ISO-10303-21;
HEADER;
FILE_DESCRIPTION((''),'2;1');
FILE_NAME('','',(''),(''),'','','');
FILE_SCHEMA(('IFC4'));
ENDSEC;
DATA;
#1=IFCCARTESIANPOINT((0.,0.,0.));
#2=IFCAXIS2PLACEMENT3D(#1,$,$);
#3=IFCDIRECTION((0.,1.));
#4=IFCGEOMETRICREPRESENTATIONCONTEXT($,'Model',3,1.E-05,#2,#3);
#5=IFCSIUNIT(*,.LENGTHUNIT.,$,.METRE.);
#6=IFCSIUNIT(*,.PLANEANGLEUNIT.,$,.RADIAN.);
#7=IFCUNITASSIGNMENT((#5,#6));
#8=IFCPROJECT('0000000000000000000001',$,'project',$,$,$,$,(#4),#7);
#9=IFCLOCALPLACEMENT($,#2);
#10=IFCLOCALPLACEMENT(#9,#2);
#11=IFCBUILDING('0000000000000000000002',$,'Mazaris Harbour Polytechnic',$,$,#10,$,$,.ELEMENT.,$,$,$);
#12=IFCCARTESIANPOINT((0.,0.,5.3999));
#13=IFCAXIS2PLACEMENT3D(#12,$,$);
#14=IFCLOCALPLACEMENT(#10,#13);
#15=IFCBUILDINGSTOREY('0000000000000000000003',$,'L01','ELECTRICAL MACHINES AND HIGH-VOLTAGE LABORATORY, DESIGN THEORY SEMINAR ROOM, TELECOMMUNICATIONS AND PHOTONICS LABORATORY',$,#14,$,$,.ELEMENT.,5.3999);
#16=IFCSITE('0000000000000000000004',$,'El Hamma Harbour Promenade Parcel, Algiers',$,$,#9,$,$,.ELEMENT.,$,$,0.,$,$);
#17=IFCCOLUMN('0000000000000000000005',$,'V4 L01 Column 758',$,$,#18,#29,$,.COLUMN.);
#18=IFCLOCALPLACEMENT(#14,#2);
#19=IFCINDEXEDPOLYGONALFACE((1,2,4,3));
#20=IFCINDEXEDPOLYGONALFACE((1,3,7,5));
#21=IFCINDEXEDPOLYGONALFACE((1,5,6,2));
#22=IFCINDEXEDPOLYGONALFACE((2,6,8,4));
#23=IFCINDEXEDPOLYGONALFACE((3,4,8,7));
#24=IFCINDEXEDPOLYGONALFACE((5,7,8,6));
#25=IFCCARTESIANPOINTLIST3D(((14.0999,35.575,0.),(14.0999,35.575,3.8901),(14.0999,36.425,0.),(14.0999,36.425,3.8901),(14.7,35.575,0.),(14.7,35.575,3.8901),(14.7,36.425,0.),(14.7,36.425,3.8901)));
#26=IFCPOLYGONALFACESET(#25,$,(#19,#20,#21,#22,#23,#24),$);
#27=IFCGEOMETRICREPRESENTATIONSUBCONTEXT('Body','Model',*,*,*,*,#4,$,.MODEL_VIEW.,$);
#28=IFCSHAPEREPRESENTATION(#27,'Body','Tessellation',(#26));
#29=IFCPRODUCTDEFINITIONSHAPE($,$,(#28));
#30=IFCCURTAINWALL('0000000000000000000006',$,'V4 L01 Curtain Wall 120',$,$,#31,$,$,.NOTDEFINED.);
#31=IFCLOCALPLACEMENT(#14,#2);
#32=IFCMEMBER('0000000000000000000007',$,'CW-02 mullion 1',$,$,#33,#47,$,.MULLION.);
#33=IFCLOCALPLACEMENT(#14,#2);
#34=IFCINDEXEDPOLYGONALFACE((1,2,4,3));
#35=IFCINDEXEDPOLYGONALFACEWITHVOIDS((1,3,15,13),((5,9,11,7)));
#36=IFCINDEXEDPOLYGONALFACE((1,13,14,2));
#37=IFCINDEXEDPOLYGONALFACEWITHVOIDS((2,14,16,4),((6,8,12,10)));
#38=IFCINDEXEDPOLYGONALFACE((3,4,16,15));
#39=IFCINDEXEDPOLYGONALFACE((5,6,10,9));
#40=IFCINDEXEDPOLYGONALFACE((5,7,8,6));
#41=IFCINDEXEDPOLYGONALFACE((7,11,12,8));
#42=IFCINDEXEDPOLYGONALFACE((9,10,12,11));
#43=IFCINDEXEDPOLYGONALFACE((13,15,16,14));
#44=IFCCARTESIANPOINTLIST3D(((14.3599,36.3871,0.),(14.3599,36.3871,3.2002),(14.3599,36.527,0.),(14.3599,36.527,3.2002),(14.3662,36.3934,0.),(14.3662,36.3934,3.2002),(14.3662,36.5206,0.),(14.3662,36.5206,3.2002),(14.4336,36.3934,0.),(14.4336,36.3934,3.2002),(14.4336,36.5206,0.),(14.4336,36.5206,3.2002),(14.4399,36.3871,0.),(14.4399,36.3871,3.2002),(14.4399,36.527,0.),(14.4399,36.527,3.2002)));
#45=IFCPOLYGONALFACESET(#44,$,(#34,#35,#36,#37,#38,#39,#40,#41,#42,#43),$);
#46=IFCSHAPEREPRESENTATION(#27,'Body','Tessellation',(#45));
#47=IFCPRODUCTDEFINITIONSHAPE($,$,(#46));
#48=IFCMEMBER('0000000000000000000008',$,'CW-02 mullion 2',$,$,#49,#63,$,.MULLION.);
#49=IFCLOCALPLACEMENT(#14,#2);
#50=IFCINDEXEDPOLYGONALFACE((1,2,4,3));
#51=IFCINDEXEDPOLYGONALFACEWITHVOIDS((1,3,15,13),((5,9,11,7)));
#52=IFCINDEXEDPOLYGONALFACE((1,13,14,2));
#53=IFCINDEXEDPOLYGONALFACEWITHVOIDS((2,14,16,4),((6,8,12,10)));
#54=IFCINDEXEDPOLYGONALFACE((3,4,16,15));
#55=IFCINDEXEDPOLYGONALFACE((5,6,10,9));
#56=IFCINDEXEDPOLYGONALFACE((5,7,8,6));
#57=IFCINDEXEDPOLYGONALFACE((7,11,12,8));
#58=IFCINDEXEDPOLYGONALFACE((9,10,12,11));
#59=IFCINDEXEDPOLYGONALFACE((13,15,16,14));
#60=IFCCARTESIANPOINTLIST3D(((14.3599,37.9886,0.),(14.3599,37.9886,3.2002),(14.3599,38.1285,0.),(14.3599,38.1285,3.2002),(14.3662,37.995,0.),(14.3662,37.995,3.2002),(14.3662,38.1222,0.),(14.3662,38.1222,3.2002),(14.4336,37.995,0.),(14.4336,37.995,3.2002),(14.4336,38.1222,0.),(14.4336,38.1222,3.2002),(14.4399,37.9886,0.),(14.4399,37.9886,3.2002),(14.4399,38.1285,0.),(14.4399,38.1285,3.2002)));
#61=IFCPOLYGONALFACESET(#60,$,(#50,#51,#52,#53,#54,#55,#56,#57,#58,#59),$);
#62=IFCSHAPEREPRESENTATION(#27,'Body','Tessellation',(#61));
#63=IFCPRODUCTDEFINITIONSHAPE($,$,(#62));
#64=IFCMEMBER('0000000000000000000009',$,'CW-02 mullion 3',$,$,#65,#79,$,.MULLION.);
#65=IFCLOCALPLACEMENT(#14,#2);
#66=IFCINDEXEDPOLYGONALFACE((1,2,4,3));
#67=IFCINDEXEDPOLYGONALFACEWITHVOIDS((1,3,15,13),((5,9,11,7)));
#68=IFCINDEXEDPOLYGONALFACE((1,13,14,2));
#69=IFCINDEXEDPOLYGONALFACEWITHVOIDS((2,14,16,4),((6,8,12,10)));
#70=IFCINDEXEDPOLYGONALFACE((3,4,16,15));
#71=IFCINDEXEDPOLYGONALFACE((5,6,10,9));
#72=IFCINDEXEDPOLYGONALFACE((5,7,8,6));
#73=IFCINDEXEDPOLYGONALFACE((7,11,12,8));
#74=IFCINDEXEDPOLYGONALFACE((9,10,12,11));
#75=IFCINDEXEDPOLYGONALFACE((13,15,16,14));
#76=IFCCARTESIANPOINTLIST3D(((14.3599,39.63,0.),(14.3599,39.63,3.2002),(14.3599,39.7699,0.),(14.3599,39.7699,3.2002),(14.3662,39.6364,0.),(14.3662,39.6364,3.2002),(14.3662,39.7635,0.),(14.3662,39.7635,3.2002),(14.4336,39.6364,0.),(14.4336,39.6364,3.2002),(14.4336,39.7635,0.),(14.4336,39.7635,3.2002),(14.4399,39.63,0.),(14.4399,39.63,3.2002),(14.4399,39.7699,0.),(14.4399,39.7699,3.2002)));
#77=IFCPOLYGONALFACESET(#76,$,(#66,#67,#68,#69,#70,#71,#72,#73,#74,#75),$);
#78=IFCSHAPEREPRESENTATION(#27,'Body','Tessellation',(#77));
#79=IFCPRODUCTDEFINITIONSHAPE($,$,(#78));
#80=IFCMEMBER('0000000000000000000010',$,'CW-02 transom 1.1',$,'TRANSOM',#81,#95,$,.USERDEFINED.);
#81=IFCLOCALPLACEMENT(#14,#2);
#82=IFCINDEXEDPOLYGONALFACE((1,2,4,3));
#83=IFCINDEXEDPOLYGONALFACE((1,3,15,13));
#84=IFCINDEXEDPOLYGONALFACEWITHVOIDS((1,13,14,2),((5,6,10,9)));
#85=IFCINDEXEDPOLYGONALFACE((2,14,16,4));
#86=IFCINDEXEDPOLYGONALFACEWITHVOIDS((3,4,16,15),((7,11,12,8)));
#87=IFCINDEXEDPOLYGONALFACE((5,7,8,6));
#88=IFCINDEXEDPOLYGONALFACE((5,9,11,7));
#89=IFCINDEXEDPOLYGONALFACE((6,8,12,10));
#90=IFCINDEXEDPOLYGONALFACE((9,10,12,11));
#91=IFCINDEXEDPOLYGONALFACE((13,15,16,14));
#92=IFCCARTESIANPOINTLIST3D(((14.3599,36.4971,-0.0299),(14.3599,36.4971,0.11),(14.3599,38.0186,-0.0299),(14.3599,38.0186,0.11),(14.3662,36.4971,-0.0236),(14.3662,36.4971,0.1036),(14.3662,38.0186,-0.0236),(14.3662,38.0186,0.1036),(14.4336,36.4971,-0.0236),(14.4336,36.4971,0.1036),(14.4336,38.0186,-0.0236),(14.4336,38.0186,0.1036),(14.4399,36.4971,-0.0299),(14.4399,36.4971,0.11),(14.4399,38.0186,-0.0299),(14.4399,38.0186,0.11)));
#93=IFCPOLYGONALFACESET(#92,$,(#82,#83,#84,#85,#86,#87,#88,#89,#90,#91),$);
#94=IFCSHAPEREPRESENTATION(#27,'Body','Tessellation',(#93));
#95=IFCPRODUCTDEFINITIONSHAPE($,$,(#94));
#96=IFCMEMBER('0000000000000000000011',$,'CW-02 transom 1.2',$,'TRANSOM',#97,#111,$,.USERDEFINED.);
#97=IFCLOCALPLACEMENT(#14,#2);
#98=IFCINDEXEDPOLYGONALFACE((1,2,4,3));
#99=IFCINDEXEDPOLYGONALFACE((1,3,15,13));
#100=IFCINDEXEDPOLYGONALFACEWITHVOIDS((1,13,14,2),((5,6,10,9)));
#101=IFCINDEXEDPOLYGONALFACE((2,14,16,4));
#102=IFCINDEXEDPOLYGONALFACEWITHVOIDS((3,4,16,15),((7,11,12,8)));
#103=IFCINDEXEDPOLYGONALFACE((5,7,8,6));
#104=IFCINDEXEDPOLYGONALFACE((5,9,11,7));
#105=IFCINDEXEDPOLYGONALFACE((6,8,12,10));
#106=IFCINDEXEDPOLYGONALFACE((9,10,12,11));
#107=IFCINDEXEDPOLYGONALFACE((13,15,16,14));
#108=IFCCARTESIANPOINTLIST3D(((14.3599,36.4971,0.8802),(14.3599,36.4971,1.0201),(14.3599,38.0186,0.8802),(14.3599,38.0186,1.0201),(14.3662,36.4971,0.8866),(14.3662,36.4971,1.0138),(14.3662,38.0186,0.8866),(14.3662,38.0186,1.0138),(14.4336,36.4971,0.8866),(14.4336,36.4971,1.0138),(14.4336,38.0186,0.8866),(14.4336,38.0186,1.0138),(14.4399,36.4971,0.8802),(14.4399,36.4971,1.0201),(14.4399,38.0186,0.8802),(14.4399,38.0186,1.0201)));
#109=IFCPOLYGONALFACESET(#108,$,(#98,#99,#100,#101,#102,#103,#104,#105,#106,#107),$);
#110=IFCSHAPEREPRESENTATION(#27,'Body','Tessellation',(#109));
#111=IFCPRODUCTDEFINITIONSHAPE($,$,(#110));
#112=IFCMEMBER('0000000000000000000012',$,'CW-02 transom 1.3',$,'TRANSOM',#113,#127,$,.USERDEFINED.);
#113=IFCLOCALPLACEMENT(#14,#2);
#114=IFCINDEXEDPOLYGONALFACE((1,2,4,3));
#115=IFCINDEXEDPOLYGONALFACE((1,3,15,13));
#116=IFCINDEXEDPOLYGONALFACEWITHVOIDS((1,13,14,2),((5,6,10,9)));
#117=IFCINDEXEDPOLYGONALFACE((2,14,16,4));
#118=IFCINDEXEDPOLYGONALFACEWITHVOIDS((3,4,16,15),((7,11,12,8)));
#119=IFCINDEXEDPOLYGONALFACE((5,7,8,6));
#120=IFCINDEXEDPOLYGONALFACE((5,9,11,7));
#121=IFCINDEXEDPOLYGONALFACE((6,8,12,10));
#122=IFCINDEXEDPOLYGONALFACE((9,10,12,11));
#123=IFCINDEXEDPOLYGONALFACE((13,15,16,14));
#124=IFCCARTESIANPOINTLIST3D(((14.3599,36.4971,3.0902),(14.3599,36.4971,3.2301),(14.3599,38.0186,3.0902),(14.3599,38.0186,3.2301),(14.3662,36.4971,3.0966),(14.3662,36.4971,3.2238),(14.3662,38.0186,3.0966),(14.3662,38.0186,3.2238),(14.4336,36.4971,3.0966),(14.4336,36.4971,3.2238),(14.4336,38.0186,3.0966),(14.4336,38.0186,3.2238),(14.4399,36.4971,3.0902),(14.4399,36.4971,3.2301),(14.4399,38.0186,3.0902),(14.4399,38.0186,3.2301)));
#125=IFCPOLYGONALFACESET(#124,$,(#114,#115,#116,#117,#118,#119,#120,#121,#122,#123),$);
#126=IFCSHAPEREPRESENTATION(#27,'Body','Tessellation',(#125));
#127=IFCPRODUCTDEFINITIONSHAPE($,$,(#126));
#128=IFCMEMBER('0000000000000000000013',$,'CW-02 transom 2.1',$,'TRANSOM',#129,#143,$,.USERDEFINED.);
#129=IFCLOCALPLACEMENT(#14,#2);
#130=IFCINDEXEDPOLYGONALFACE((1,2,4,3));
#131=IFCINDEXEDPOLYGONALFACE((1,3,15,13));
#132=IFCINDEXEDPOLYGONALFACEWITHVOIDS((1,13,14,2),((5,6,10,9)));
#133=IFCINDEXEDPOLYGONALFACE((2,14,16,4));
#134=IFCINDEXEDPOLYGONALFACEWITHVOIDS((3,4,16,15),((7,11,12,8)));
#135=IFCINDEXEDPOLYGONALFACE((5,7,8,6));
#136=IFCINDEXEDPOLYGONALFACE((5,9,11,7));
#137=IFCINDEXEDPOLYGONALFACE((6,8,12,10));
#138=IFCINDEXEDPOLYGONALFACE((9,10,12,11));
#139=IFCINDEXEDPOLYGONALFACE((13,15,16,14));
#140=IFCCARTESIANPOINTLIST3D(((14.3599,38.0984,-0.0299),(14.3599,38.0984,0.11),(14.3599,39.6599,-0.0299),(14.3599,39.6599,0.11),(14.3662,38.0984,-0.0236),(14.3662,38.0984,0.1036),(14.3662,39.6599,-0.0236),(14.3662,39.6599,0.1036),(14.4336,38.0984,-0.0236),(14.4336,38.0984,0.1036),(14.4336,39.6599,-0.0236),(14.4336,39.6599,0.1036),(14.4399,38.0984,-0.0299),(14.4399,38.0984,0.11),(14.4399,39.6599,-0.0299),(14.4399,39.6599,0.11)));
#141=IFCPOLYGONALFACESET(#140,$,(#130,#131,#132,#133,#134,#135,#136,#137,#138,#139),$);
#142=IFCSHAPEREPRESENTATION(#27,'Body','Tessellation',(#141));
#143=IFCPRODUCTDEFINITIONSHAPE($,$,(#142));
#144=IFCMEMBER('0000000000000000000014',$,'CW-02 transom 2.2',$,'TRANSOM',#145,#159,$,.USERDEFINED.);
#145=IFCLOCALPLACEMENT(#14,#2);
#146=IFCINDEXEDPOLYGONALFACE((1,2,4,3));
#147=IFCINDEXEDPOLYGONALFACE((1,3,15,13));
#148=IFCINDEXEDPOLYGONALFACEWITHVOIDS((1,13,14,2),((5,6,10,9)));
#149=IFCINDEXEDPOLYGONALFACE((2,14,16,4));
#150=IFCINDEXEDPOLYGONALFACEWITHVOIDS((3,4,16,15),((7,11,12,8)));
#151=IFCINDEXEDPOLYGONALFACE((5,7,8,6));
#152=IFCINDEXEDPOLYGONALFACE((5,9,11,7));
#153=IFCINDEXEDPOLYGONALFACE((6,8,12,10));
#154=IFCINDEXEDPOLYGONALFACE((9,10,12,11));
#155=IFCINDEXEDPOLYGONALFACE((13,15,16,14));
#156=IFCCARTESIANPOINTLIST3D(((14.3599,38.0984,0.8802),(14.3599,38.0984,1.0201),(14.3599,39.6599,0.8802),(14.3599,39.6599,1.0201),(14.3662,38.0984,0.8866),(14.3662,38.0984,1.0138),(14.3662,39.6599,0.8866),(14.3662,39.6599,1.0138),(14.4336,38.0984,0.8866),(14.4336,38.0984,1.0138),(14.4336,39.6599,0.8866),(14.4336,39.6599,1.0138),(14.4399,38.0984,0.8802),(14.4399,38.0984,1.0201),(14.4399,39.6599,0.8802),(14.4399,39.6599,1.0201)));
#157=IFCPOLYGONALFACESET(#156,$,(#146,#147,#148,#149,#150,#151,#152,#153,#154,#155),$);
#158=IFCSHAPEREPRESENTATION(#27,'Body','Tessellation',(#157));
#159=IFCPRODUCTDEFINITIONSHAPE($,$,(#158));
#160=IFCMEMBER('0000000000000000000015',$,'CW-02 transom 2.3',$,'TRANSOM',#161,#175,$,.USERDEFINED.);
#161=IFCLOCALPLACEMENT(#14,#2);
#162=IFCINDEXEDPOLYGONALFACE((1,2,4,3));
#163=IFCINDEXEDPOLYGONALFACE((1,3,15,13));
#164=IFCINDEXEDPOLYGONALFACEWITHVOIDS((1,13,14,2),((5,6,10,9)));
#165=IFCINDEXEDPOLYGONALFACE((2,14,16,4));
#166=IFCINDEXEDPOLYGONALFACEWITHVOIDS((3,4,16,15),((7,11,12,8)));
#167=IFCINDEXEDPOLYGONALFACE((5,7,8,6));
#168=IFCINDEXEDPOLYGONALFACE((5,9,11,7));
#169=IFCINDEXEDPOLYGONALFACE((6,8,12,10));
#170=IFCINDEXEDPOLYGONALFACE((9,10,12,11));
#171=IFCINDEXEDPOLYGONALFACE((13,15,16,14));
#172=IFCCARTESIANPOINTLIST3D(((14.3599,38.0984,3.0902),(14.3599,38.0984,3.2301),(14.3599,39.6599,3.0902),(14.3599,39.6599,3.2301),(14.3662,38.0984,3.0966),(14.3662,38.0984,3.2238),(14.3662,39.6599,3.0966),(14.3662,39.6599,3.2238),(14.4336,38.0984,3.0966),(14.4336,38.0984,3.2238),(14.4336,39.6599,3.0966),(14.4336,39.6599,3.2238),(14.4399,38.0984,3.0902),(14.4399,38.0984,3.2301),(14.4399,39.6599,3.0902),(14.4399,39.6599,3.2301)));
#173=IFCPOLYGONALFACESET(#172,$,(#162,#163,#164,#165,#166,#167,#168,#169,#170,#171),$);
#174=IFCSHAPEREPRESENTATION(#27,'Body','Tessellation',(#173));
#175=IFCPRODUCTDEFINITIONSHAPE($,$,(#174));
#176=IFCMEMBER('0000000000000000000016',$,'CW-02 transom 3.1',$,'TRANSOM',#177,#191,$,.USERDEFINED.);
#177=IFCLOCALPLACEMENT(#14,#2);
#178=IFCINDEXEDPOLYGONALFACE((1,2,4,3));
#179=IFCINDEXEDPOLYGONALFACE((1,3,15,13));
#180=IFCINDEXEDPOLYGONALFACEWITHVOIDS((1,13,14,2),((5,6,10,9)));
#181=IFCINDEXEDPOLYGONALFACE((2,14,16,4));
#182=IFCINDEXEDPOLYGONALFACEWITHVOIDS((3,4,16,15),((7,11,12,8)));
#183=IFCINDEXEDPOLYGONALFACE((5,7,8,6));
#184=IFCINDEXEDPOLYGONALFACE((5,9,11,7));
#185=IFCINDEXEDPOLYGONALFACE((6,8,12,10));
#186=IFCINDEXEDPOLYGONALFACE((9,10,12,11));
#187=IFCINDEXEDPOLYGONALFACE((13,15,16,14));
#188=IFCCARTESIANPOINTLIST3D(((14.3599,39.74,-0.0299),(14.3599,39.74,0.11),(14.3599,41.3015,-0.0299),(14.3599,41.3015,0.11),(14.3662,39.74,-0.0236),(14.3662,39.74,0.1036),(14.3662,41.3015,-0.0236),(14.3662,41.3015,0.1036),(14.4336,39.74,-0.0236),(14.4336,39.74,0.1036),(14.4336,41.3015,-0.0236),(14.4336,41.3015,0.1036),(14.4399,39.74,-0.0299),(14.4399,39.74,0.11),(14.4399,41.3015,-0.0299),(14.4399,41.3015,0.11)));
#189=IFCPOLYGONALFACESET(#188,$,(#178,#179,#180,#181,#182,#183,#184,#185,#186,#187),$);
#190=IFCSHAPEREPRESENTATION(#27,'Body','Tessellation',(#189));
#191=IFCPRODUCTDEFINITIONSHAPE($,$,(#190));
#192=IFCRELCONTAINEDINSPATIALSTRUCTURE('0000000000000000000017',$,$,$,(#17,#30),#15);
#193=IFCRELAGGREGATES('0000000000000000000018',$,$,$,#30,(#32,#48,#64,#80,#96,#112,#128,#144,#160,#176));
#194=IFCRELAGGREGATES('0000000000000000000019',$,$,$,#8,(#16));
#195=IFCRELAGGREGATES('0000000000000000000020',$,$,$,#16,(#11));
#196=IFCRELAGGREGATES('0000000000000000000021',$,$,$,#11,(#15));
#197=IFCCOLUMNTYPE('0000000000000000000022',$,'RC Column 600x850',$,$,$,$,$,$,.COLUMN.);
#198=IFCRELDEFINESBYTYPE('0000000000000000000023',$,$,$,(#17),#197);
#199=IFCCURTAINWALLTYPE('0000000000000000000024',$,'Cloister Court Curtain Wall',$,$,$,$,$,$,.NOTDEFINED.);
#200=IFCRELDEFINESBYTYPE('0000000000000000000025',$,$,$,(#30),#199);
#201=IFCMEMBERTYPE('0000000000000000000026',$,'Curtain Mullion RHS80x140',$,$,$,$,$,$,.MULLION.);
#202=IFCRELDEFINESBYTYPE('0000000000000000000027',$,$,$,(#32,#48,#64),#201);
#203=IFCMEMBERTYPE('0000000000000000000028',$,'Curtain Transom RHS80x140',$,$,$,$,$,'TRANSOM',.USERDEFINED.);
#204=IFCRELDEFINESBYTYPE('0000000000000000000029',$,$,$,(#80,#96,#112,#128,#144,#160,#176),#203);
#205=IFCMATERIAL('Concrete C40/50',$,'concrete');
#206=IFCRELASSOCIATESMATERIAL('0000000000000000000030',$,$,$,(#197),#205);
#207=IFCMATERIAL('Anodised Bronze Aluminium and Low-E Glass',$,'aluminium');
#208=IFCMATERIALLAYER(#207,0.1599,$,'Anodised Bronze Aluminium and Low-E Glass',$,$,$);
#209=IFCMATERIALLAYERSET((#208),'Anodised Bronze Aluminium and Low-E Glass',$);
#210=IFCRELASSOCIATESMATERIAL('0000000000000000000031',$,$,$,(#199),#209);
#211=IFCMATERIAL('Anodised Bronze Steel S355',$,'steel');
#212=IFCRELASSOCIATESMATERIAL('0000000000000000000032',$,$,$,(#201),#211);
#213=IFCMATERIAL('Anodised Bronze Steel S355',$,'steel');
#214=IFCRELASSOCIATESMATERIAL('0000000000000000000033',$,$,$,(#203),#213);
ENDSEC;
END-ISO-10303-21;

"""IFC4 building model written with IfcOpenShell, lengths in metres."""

from ifc_helpers import new_model, si_unit, direction, frame, origin, origin_2d, place, context, subcontext, project, spatial, rectangle, hollow_rectangle, extrude, material, layer, layer_set, material_profile, profile_set, type_object, element, aggregate, save


model = new_model("IFC4")

# Units and contexts
model_context = context("Model", 3, precision=1e-05, world=origin(), true_north=direction((0.0, 1.0)))
body_context = subcontext(model_context, "Body", "Model", "MODEL_VIEW")
ifc_project = project(units=[si_unit("LENGTHUNIT", "METRE"), si_unit("PLANEANGLEUNIT", "RADIAN")], contexts=[model_context])

# Site, building, storey
site_placement = place(None, origin())
site = spatial("IfcSite", under=ifc_project, at=site_placement, Name="El Hamma Harbour Promenade Parcel, Algiers", CompositionType="ELEMENT", RefElevation=0.0)
building_placement = place(site_placement, origin())
building = spatial("IfcBuilding", under=site, at=building_placement, Name="Mazaris Harbour Polytechnic", CompositionType="ELEMENT")
storey_placement = place(building_placement, frame((0.0, 0.0, 5.3999)))
storey = spatial("IfcBuildingStorey", under=building, at=storey_placement, Name="L01", Description="ELECTRICAL MACHINES AND HIGH-VOLTAGE LABORATORY, DESIGN THEORY SEMINAR ROOM, TELECOMMUNICATIONS AND PHOTONICS LABORATORY", CompositionType="ELEMENT", Elevation=5.3999)

# Column
ifc_material_1 = material(Name="Concrete C40/50", Category="concrete")
ifc_material_profile_1 = material_profile(ifc_material_1, rectangle(XDim=0.6001, YDim=0.8501, at=origin_2d()), Name="RECT600x850")
ifc_profile_set_1 = profile_set([ifc_material_profile_1], Name="Concrete C40/50")
column_type = type_object("IfcColumnType", Name="RC Column 600x850", PredefinedType="COLUMN", material=ifc_profile_set_1)
column_placement = place(storey_placement, frame((14.3999, 36.0, 0.0), z_axis=(0.0, 0.0, 1.0), x_axis=(1.0, 0.0, 0.0)))
element("IfcColumn", 1, at=column_placement, inside=storey, type_object=column_type, Name="V4 L01 Column 758", PredefinedType="COLUMN", context=body_context, shape_type="SweptSolid", body=[
    extrude(rectangle(XDim=0.6001, YDim=0.8501, at=origin_2d()), origin(), (0.0, 0.0, 1.0), 3.8901),
])

# Curtain wall, members
ifc_material_2 = material(Name="Anodised Bronze Aluminium and Low-E Glass", Category="aluminium")
ifc_layer_1 = layer(ifc_material_2, 0.1599, Name="Anodised Bronze Aluminium and Low-E Glass")
ifc_layer_set_1 = layer_set([ifc_layer_1], Name="Anodised Bronze Aluminium and Low-E Glass")
curtain_wall_type = type_object("IfcCurtainWallType", Name="Cloister Court Curtain Wall", PredefinedType="NOTDEFINED", material=ifc_layer_set_1)
curtain_wall_placement = place(storey_placement, origin())
curtain_wall = element("IfcCurtainWall", 2, at=curtain_wall_placement, inside=storey, type_object=curtain_wall_type, Name="V4 L01 Curtain Wall 120", PredefinedType="NOTDEFINED")
ifc_material_3 = material(Name="Anodised Bronze Steel S355", Category="steel")
ifc_material_profile_2 = material_profile(ifc_material_3, hollow_rectangle(XDim=0.0801, YDim=0.1399, WallThickness=0.0063, at=origin_2d()), Name="RHS 80x140x6.3")
ifc_profile_set_2 = profile_set([ifc_material_profile_2], Name="Anodised Bronze Steel S355")
member_type_1 = type_object("IfcMemberType", Name="Curtain Mullion RHS80x140", PredefinedType="MULLION", material=ifc_profile_set_2)
member_1_placement = place(storey_placement, frame((14.3999, 36.457, 0.0), z_axis=(0.0, 0.0, 1.0), x_axis=(-1.0, 0.0, 0.0)))
member_1 = element("IfcMember", 3, at=member_1_placement, type_object=member_type_1, Name="CW-02 mullion 1", PredefinedType="MULLION", context=body_context, shape_type="SweptSolid", body=[
    extrude(hollow_rectangle(XDim=0.0801, YDim=0.1399, WallThickness=0.0063, at=origin_2d()), origin(), (0.0, 0.0, 1.0), 3.2002),
])
member_2_placement = place(storey_placement, frame((14.3999, 38.0586, 0.0), z_axis=(0.0, 0.0, 1.0), x_axis=(-1.0, 0.0, 0.0)))
member_2 = element("IfcMember", 4, at=member_2_placement, type_object=member_type_1, Name="CW-02 mullion 2", PredefinedType="MULLION", context=body_context, shape_type="SweptSolid", body=[
    extrude(hollow_rectangle(XDim=0.0801, YDim=0.1399, WallThickness=0.0063, at=origin_2d()), origin(), (0.0, 0.0, 1.0), 3.2002),
])
member_3_placement = place(storey_placement, frame((14.3999, 39.7, 0.0), z_axis=(0.0, 0.0, 1.0), x_axis=(-1.0, 0.0, 0.0)))
member_3 = element("IfcMember", 5, at=member_3_placement, type_object=member_type_1, Name="CW-02 mullion 3", PredefinedType="MULLION", context=body_context, shape_type="SweptSolid", body=[
    extrude(hollow_rectangle(XDim=0.0801, YDim=0.1399, WallThickness=0.0063, at=origin_2d()), origin(), (0.0, 0.0, 1.0), 3.2002),
])
ifc_material_4 = material(Name="Anodised Bronze Steel S355", Category="steel")
ifc_material_profile_3 = material_profile(ifc_material_4, hollow_rectangle(XDim=0.0801, YDim=0.1399, WallThickness=0.0063, at=origin_2d()), Name="RHS 80x140x6.3")
ifc_profile_set_3 = profile_set([ifc_material_profile_3], Name="Anodised Bronze Steel S355")
member_type_2 = type_object("IfcMemberType", Name="Curtain Transom RHS80x140", ElementType="TRANSOM", PredefinedType="USERDEFINED", material=ifc_profile_set_3)
member_4_placement = place(storey_placement, frame((14.3999, 36.4971, 0.04), z_axis=(0.0, 1.0, 0.0), x_axis=(-1.0, 0.0, 0.0)))
member_4 = element("IfcMember", 6, at=member_4_placement, type_object=member_type_2, Name="CW-02 transom 1.1", ObjectType="TRANSOM", PredefinedType="USERDEFINED", context=body_context, shape_type="SweptSolid", body=[
    extrude(hollow_rectangle(XDim=0.0801, YDim=0.1399, WallThickness=0.0063, at=origin_2d()), origin(), (0.0, 0.0, 1.0), 1.5215),
])
member_5_placement = place(storey_placement, frame((14.3999, 36.4971, 0.9502), z_axis=(0.0, 1.0, 0.0), x_axis=(-1.0, 0.0, 0.0)))
member_5 = element("IfcMember", 7, at=member_5_placement, type_object=member_type_2, Name="CW-02 transom 1.2", ObjectType="TRANSOM", PredefinedType="USERDEFINED", context=body_context, shape_type="SweptSolid", body=[
    extrude(hollow_rectangle(XDim=0.0801, YDim=0.1399, WallThickness=0.0063, at=origin_2d()), origin(), (0.0, 0.0, 1.0), 1.5215),
])
member_6_placement = place(storey_placement, frame((14.3999, 36.4971, 3.1602), z_axis=(0.0, 1.0, 0.0), x_axis=(-1.0, 0.0, 0.0)))
member_6 = element("IfcMember", 8, at=member_6_placement, type_object=member_type_2, Name="CW-02 transom 1.3", ObjectType="TRANSOM", PredefinedType="USERDEFINED", context=body_context, shape_type="SweptSolid", body=[
    extrude(hollow_rectangle(XDim=0.0801, YDim=0.1399, WallThickness=0.0063, at=origin_2d()), origin(), (0.0, 0.0, 1.0), 1.5215),
])
member_7_placement = place(storey_placement, frame((14.3999, 38.0984, 0.04), z_axis=(0.0, 1.0, 0.0), x_axis=(-1.0, 0.0, 0.0)))
member_7 = element("IfcMember", 9, at=member_7_placement, type_object=member_type_2, Name="CW-02 transom 2.1", ObjectType="TRANSOM", PredefinedType="USERDEFINED", context=body_context, shape_type="SweptSolid", body=[
    extrude(hollow_rectangle(XDim=0.0801, YDim=0.1399, WallThickness=0.0063, at=origin_2d()), origin(), (0.0, 0.0, 1.0), 1.5615),
])
member_8_placement = place(storey_placement, frame((14.3999, 38.0984, 0.9502), z_axis=(0.0, 1.0, 0.0), x_axis=(-1.0, 0.0, 0.0)))
member_8 = element("IfcMember", 10, at=member_8_placement, type_object=member_type_2, Name="CW-02 transom 2.2", ObjectType="TRANSOM", PredefinedType="USERDEFINED", context=body_context, shape_type="SweptSolid", body=[
    extrude(hollow_rectangle(XDim=0.0801, YDim=0.1399, WallThickness=0.0063, at=origin_2d()), origin(), (0.0, 0.0, 1.0), 1.5615),
])
member_9_placement = place(storey_placement, frame((14.3999, 38.0984, 3.1602), z_axis=(0.0, 1.0, 0.0), x_axis=(-1.0, 0.0, 0.0)))
member_9 = element("IfcMember", 11, at=member_9_placement, type_object=member_type_2, Name="CW-02 transom 2.3", ObjectType="TRANSOM", PredefinedType="USERDEFINED", context=body_context, shape_type="SweptSolid", body=[
    extrude(hollow_rectangle(XDim=0.0801, YDim=0.1399, WallThickness=0.0063, at=origin_2d()), origin(), (0.0, 0.0, 1.0), 1.5615),
])
member_10_placement = place(storey_placement, frame((14.3999, 39.74, 0.04), z_axis=(0.0, 1.0, 0.0), x_axis=(-1.0, 0.0, 0.0)))
member_10 = element("IfcMember", 12, at=member_10_placement, type_object=member_type_2, Name="CW-02 transom 3.1", ObjectType="TRANSOM", PredefinedType="USERDEFINED", context=body_context, shape_type="SweptSolid", body=[
    extrude(hollow_rectangle(XDim=0.0801, YDim=0.1399, WallThickness=0.0063, at=origin_2d()), origin(), (0.0, 0.0, 1.0), 1.5615),
])

aggregate(curtain_wall, [member_1, member_2, member_3, member_4, member_5, member_6, member_7, member_8, member_9, member_10])

save(model, "model.ifc")
